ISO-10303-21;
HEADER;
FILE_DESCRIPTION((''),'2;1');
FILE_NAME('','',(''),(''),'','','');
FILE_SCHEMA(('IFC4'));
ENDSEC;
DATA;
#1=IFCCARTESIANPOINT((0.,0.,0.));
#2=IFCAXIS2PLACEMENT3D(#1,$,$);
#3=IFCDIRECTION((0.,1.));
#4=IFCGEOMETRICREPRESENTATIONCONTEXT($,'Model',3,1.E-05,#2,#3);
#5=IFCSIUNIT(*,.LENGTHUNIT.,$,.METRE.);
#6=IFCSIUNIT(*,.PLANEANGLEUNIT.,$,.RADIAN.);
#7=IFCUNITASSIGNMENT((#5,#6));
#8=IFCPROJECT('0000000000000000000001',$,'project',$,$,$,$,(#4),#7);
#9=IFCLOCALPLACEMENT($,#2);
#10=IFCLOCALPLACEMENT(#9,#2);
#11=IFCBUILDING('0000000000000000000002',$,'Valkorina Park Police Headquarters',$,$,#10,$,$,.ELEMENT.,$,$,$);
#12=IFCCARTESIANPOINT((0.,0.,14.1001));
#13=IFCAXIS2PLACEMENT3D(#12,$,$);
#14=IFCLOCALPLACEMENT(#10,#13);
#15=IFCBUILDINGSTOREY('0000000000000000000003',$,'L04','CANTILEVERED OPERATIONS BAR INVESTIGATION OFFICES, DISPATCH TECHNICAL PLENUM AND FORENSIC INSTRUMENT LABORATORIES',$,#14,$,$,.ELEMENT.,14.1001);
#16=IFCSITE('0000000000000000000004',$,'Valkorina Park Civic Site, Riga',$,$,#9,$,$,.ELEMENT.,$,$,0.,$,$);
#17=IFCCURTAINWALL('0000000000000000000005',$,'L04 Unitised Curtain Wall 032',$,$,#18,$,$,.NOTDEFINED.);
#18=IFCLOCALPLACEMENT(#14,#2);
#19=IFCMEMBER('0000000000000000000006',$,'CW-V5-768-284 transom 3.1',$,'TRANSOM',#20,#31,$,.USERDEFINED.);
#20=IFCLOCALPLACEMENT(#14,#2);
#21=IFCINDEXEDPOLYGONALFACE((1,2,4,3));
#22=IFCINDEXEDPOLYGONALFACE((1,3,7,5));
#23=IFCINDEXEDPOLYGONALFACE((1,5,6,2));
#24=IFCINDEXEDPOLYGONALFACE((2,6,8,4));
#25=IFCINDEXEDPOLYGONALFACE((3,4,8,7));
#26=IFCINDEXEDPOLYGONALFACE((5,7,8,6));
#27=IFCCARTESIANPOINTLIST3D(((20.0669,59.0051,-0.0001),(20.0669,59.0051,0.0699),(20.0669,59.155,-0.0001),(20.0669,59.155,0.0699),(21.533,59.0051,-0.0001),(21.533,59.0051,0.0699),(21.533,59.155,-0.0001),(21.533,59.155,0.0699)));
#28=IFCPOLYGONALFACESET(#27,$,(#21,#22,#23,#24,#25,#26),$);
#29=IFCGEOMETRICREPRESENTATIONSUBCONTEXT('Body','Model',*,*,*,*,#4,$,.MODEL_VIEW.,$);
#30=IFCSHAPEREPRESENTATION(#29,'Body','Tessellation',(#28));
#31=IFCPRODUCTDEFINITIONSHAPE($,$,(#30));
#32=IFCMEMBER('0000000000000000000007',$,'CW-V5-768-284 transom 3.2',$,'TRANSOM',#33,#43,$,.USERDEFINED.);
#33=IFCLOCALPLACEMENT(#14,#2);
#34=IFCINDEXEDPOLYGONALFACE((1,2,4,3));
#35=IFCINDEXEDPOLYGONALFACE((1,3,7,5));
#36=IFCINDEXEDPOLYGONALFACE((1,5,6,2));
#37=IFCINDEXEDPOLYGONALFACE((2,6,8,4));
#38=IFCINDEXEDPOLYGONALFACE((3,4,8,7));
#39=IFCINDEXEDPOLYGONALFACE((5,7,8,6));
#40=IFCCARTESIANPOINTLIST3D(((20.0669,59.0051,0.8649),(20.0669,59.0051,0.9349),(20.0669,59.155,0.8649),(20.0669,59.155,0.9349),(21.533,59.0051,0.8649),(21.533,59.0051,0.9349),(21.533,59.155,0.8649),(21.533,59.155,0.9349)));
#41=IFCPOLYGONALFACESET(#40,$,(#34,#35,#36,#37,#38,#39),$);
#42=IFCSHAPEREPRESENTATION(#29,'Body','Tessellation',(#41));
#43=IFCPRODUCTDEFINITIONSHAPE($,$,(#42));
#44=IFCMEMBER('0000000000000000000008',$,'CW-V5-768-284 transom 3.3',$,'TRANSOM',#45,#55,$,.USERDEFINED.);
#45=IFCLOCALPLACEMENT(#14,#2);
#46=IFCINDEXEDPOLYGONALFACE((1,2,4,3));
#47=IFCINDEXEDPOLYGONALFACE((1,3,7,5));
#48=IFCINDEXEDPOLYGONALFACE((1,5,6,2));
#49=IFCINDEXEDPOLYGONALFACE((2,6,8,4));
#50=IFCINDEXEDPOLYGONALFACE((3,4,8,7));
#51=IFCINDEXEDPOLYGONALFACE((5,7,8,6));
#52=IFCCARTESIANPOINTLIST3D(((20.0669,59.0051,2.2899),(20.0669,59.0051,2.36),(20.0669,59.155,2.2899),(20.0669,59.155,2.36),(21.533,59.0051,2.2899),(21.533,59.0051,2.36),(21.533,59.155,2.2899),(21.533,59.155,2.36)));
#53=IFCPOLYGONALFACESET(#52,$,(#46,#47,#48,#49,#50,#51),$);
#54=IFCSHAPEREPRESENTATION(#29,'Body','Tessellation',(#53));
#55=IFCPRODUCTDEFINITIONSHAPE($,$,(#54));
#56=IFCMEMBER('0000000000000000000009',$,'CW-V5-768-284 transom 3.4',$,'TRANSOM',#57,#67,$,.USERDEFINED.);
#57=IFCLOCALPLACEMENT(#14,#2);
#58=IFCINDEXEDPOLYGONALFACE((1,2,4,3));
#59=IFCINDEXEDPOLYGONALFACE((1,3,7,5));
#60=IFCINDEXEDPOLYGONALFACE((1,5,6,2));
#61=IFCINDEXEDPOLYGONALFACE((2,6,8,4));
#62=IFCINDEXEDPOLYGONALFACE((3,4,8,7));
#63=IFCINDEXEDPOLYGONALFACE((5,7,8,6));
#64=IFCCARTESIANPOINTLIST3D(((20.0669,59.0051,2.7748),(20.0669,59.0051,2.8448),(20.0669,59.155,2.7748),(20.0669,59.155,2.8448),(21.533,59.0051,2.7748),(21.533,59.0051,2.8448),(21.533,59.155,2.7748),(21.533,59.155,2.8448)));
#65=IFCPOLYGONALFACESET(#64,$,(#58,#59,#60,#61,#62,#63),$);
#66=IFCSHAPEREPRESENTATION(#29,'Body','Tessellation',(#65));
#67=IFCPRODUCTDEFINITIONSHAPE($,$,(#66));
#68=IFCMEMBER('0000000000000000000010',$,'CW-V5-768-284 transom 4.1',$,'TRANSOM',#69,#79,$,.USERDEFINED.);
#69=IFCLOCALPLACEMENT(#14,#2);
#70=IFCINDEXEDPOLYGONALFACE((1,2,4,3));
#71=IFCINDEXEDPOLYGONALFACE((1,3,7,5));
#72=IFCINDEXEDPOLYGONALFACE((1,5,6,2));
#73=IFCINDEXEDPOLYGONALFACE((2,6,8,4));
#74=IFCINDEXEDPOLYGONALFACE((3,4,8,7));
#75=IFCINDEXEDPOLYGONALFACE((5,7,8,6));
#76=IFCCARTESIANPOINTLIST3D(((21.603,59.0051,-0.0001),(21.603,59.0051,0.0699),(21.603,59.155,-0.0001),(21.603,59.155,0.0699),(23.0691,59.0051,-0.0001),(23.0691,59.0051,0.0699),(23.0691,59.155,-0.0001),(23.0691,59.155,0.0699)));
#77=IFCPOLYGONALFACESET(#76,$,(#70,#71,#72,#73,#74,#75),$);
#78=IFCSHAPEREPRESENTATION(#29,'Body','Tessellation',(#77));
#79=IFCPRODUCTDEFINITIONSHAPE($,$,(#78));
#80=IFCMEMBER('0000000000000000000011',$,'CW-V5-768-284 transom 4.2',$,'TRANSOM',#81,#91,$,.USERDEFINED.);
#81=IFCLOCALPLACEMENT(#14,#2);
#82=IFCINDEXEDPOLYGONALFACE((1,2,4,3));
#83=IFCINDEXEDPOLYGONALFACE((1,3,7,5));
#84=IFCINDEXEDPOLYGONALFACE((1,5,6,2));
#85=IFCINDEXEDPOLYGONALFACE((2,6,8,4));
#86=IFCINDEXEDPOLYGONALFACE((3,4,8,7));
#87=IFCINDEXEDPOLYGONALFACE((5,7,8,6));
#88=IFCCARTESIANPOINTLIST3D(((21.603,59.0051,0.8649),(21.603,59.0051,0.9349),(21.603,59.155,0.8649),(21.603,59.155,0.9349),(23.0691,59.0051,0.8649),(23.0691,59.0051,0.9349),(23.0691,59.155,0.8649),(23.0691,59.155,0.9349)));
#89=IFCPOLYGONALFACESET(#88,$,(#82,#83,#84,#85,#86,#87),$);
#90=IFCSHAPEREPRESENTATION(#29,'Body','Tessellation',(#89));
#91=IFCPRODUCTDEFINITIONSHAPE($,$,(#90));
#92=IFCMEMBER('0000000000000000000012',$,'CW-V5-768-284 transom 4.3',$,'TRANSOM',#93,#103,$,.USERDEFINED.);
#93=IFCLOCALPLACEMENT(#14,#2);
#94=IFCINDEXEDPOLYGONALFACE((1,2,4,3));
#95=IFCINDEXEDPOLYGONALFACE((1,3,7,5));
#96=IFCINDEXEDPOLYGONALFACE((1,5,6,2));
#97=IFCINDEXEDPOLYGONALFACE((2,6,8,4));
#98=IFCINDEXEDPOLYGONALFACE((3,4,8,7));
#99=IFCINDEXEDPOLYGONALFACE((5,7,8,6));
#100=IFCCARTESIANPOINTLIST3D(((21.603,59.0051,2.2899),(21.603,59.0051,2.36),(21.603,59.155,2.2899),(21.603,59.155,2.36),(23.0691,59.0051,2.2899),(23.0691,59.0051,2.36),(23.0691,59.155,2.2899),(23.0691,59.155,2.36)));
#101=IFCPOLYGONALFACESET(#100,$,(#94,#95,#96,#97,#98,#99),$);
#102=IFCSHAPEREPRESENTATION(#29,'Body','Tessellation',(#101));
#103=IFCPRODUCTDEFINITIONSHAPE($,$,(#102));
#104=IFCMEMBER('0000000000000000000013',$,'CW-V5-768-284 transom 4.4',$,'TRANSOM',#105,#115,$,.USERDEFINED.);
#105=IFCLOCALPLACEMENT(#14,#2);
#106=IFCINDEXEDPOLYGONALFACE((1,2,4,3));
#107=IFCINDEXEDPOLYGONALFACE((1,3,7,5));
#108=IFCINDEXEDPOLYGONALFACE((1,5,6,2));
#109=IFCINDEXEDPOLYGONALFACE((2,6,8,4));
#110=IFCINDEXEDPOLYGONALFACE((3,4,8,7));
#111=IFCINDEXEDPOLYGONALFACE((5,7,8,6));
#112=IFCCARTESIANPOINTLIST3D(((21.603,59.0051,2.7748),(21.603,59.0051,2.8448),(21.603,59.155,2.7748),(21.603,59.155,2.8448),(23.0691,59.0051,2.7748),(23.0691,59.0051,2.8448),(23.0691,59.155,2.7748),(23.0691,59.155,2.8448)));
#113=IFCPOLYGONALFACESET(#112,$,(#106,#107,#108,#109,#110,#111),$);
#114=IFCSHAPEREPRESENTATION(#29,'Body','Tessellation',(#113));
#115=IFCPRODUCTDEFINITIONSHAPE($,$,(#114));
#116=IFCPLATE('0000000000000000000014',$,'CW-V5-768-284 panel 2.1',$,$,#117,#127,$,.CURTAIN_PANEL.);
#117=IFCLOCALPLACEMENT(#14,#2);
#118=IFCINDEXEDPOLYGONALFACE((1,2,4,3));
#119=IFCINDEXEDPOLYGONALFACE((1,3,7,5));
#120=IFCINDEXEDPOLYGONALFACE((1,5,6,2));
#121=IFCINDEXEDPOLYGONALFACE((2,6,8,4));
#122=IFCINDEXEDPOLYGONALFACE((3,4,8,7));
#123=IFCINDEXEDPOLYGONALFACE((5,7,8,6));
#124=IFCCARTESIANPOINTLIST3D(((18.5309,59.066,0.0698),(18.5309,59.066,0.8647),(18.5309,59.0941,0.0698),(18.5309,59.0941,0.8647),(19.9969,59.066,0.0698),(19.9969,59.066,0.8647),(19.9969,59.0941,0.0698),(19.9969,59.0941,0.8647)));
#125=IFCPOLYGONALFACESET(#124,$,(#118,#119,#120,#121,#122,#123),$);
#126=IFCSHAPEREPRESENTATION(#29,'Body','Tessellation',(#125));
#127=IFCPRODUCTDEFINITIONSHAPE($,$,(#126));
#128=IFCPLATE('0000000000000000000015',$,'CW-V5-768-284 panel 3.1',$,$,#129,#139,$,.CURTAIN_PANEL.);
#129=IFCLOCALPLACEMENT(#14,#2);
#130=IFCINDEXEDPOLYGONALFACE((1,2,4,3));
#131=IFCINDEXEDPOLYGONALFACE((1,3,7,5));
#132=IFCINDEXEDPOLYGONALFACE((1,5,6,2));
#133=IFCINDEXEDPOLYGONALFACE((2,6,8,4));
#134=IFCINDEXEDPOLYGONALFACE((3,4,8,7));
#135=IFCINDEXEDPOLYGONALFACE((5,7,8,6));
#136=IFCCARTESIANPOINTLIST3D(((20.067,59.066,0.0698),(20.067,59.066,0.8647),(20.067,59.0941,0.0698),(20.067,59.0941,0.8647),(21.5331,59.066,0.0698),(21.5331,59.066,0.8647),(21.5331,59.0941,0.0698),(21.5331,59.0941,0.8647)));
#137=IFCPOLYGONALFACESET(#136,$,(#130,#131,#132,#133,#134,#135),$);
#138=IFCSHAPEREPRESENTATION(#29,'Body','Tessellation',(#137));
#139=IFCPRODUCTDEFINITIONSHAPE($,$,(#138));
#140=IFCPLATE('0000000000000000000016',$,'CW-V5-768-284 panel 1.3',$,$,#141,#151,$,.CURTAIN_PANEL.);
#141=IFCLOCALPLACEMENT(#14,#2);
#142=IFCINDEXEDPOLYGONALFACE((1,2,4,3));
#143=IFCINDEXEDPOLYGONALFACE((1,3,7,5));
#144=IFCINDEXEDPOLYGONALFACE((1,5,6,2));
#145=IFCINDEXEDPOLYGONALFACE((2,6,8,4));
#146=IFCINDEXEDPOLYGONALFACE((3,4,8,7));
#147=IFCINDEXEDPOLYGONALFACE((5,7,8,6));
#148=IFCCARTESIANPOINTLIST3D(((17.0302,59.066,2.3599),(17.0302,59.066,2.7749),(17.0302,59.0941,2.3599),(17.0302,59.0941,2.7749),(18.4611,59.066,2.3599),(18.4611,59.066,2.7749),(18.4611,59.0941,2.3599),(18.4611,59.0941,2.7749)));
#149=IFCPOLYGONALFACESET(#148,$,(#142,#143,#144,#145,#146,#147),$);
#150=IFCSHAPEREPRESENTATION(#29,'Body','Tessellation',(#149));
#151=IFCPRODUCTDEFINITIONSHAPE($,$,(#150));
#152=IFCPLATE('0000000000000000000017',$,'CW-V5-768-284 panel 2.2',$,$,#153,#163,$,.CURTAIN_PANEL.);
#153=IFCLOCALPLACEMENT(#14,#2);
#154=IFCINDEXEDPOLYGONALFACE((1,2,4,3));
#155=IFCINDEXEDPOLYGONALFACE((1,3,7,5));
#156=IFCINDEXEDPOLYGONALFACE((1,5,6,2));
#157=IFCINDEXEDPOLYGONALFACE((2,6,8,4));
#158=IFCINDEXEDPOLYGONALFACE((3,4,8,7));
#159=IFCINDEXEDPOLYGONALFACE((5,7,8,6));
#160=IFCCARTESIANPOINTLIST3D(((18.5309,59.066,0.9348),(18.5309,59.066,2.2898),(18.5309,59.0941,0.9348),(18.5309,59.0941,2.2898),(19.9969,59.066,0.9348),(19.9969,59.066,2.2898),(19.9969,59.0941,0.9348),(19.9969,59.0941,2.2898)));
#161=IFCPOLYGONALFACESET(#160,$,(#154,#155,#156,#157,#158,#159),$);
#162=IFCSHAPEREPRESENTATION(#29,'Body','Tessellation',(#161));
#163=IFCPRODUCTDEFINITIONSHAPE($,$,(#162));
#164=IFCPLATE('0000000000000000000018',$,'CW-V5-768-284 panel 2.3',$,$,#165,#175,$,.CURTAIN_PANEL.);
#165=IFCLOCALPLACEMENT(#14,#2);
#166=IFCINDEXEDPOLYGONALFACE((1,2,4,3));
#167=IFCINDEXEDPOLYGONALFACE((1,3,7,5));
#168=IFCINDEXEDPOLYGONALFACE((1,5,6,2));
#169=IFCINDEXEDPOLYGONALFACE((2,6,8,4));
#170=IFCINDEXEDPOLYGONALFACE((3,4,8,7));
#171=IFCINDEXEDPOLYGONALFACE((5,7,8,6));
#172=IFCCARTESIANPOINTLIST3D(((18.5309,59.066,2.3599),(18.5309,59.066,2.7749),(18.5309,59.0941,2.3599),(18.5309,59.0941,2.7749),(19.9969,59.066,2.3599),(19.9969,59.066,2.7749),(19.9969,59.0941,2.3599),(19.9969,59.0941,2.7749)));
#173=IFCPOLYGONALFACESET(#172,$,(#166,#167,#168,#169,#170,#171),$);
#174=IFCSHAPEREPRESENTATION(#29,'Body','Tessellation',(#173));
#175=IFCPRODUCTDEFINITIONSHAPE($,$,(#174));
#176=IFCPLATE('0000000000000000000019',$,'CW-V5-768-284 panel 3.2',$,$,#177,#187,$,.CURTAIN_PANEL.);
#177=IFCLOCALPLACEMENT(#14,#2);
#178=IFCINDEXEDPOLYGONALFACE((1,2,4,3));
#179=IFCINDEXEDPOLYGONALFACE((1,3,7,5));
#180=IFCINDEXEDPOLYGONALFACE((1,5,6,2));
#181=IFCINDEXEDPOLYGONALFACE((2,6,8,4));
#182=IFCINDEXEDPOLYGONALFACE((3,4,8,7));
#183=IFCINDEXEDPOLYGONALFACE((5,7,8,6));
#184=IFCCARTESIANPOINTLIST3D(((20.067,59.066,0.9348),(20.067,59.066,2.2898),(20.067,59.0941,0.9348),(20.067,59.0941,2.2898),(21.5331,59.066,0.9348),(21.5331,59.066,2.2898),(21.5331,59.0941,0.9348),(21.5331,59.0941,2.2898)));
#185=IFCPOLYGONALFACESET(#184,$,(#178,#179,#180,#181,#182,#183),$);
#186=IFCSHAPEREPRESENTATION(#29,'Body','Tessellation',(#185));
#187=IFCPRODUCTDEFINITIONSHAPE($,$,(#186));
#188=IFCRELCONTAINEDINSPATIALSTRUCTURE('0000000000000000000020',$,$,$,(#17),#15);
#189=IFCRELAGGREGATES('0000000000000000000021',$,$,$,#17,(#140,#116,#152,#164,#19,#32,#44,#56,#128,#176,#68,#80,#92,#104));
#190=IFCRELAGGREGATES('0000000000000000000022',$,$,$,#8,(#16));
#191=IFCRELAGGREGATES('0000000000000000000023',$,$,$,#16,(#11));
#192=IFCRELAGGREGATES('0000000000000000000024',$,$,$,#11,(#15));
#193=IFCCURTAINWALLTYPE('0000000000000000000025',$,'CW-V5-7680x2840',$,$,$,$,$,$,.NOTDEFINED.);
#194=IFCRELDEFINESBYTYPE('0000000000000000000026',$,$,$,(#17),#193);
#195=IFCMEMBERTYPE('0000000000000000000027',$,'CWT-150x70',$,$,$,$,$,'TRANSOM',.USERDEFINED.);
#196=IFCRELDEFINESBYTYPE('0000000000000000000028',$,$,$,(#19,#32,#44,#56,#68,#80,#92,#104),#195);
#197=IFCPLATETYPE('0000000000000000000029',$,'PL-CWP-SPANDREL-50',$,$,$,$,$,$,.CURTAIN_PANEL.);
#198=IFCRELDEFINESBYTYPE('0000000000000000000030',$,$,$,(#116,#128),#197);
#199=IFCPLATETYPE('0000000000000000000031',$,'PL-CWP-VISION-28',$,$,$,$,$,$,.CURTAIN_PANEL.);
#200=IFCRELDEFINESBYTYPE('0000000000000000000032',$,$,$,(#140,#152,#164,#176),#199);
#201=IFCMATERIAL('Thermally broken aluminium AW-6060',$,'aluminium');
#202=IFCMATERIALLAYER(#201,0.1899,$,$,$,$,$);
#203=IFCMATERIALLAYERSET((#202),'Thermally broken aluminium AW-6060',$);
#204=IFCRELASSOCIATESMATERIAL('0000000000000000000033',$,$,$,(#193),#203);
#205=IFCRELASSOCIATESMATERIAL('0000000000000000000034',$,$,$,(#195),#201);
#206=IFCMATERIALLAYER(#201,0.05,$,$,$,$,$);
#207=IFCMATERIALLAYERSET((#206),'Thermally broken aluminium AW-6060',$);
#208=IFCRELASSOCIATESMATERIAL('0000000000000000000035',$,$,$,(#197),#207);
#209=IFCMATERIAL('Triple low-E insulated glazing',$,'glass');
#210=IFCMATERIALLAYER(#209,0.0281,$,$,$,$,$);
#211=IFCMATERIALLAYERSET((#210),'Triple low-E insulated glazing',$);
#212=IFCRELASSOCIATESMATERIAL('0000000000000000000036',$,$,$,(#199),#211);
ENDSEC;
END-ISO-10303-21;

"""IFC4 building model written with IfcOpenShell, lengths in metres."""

from ifc_helpers import new_model, si_unit, direction, frame, origin, origin_2d, place, context, subcontext, project, spatial, rectangle, extrude, material, layer, layer_set, material_profile, profile_set, type_object, element, aggregate, save


model = new_model("IFC4")

# Units and contexts
model_context = context("Model", 3, precision=1e-05, world=origin(), true_north=direction((0.0, 1.0)))
body_context = subcontext(model_context, "Body", "Model", "MODEL_VIEW")
ifc_project = project(units=[si_unit("LENGTHUNIT", "METRE"), si_unit("PLANEANGLEUNIT", "RADIAN")], contexts=[model_context])

# Site, building, storey
site_placement = place(None, origin())
site = spatial("IfcSite", under=ifc_project, at=site_placement, Name="Valkorina Park Civic Site, Riga", CompositionType="ELEMENT", RefElevation=0.0)
building_placement = place(site_placement, origin())
building = spatial("IfcBuilding", under=site, at=building_placement, Name="Valkorina Park Police Headquarters", CompositionType="ELEMENT")
storey_placement = place(building_placement, frame((0.0, 0.0, 14.1001)))
storey = spatial("IfcBuildingStorey", under=building, at=storey_placement, Name="L04", Description="CANTILEVERED OPERATIONS BAR INVESTIGATION OFFICES, DISPATCH TECHNICAL PLENUM AND FORENSIC INSTRUMENT LABORATORIES", CompositionType="ELEMENT", Elevation=14.1001)

# Curtain wall, members, plates
ifc_material_1 = material(Name="Thermally broken aluminium AW-6060", Category="aluminium")
ifc_layer_1 = layer(ifc_material_1, 0.1899)
ifc_layer_set_1 = layer_set([ifc_layer_1], Name="Thermally broken aluminium AW-6060")
curtain_wall_type = type_object("IfcCurtainWallType", Name="CW-V5-7680x2840", PredefinedType="NOTDEFINED", material=ifc_layer_set_1)
curtain_wall_placement = place(storey_placement, origin())
curtain_wall = element("IfcCurtainWall", 1, at=curtain_wall_placement, inside=storey, type_object=curtain_wall_type, Name="L04 Unitised Curtain Wall 032", PredefinedType="NOTDEFINED")
ifc_material_profile_1 = material_profile(ifc_material_1, rectangle(XDim=0.1499, YDim=0.0701, at=origin_2d()), Name="CWT-02 150x70")
ifc_profile_set_1 = profile_set([ifc_material_profile_1], Name="Thermally broken aluminium AW-6060")
member_type_1 = type_object("IfcMemberType", Name="CWT-150x70", ElementType="TRANSOM", PredefinedType="USERDEFINED", material=ifc_profile_set_1)
member_1_placement = place(storey_placement, frame((20.0669, 59.0801, 0.0349), z_axis=(1.0, 0.0, 0.0), x_axis=(0.0, 1.0, 0.0)))
member_1 = element("IfcMember", 2, at=member_1_placement, type_object=member_type_1, Name="CW-V5-768-284 transom 3.1", ObjectType="TRANSOM", PredefinedType="USERDEFINED", context=body_context, shape_type="SweptSolid", body=[
    extrude(rectangle(XDim=0.1499, YDim=0.0701, at=origin_2d()), origin(), (0.0, 0.0, 1.0), 1.4661),
])
member_2_placement = place(storey_placement, frame((20.0669, 59.0801, 0.8999), z_axis=(1.0, 0.0, 0.0), x_axis=(0.0, 1.0, 0.0)))
member_2 = element("IfcMember", 3, at=member_2_placement, type_object=member_type_1, Name="CW-V5-768-284 transom 3.2", ObjectType="TRANSOM", PredefinedType="USERDEFINED", context=body_context, shape_type="SweptSolid", body=[
    extrude(rectangle(XDim=0.1499, YDim=0.0701, at=origin_2d()), origin(), (0.0, 0.0, 1.0), 1.4661),
])
member_3_placement = place(storey_placement, frame((20.0669, 59.0801, 2.325), z_axis=(1.0, 0.0, 0.0), x_axis=(0.0, 1.0, 0.0)))
member_3 = element("IfcMember", 4, at=member_3_placement, type_object=member_type_1, Name="CW-V5-768-284 transom 3.3", ObjectType="TRANSOM", PredefinedType="USERDEFINED", context=body_context, shape_type="SweptSolid", body=[
    extrude(rectangle(XDim=0.1499, YDim=0.0701, at=origin_2d()), origin(), (0.0, 0.0, 1.0), 1.4661),
])
member_4_placement = place(storey_placement, frame((20.0669, 59.0801, 2.8098), z_axis=(1.0, 0.0, 0.0), x_axis=(0.0, 1.0, 0.0)))
member_4 = element("IfcMember", 5, at=member_4_placement, type_object=member_type_1, Name="CW-V5-768-284 transom 3.4", ObjectType="TRANSOM", PredefinedType="USERDEFINED", context=body_context, shape_type="SweptSolid", body=[
    extrude(rectangle(XDim=0.1499, YDim=0.0701, at=origin_2d()), origin(), (0.0, 0.0, 1.0), 1.4661),
])
member_5_placement = place(storey_placement, frame((21.603, 59.0801, 0.0349), z_axis=(1.0, 0.0, 0.0), x_axis=(0.0, 1.0, 0.0)))
member_5 = element("IfcMember", 6, at=member_5_placement, type_object=member_type_1, Name="CW-V5-768-284 transom 4.1", ObjectType="TRANSOM", PredefinedType="USERDEFINED", context=body_context, shape_type="SweptSolid", body=[
    extrude(rectangle(XDim=0.1499, YDim=0.0701, at=origin_2d()), origin(), (0.0, 0.0, 1.0), 1.4661),
])
member_6_placement = place(storey_placement, frame((21.603, 59.0801, 0.8999), z_axis=(1.0, 0.0, 0.0), x_axis=(0.0, 1.0, 0.0)))
member_6 = element("IfcMember", 7, at=member_6_placement, type_object=member_type_1, Name="CW-V5-768-284 transom 4.2", ObjectType="TRANSOM", PredefinedType="USERDEFINED", context=body_context, shape_type="SweptSolid", body=[
    extrude(rectangle(XDim=0.1499, YDim=0.0701, at=origin_2d()), origin(), (0.0, 0.0, 1.0), 1.4661),
])
member_7_placement = place(storey_placement, frame((21.603, 59.0801, 2.325), z_axis=(1.0, 0.0, 0.0), x_axis=(0.0, 1.0, 0.0)))
member_7 = element("IfcMember", 8, at=member_7_placement, type_object=member_type_1, Name="CW-V5-768-284 transom 4.3", ObjectType="TRANSOM", PredefinedType="USERDEFINED", context=body_context, shape_type="SweptSolid", body=[
    extrude(rectangle(XDim=0.1499, YDim=0.0701, at=origin_2d()), origin(), (0.0, 0.0, 1.0), 1.4661),
])
member_8_placement = place(storey_placement, frame((21.603, 59.0801, 2.8098), z_axis=(1.0, 0.0, 0.0), x_axis=(0.0, 1.0, 0.0)))
member_8 = element("IfcMember", 9, at=member_8_placement, type_object=member_type_1, Name="CW-V5-768-284 transom 4.4", ObjectType="TRANSOM", PredefinedType="USERDEFINED", context=body_context, shape_type="SweptSolid", body=[
    extrude(rectangle(XDim=0.1499, YDim=0.0701, at=origin_2d()), origin(), (0.0, 0.0, 1.0), 1.4661),
])
ifc_layer_2 = layer(ifc_material_1, 0.05)
ifc_layer_set_2 = layer_set([ifc_layer_2], Name="Thermally broken aluminium AW-6060")
plate_type_1 = type_object("IfcPlateType", Name="PL-CWP-SPANDREL-50", PredefinedType="CURTAIN_PANEL", material=ifc_layer_set_2)
plate_1_placement = place(storey_placement, frame((19.2639, 59.0801, 0.0698), z_axis=(0.0, 0.0, 1.0), x_axis=(1.0, 0.0, 0.0)))
plate_1 = element("IfcPlate", 10, at=plate_1_placement, type_object=plate_type_1, Name="CW-V5-768-284 panel 2.1", PredefinedType="CURTAIN_PANEL", context=body_context, shape_type="SweptSolid", body=[
    extrude(rectangle(XDim=1.4661, YDim=0.0281, at=origin_2d()), origin(), (0.0, 0.0, 1.0), 0.7949),
])
plate_2_placement = place(storey_placement, frame((20.8, 59.0801, 0.0698), z_axis=(0.0, 0.0, 1.0), x_axis=(1.0, 0.0, 0.0)))
plate_2 = element("IfcPlate", 11, at=plate_2_placement, type_object=plate_type_1, Name="CW-V5-768-284 panel 3.1", PredefinedType="CURTAIN_PANEL", context=body_context, shape_type="SweptSolid", body=[
    extrude(rectangle(XDim=1.4661, YDim=0.0281, at=origin_2d()), origin(), (0.0, 0.0, 1.0), 0.7949),
])
ifc_material_2 = material(Name="Triple low-E insulated glazing", Category="glass")
ifc_layer_3 = layer(ifc_material_2, 0.0281)
ifc_layer_set_3 = layer_set([ifc_layer_3], Name="Triple low-E insulated glazing")
plate_type_2 = type_object("IfcPlateType", Name="PL-CWP-VISION-28", PredefinedType="CURTAIN_PANEL", material=ifc_layer_set_3)
plate_3_placement = place(storey_placement, frame((17.7456, 59.0801, 2.3599), z_axis=(0.0, 0.0, 1.0), x_axis=(1.0, 0.0, 0.0)))
plate_3 = element("IfcPlate", 12, at=plate_3_placement, type_object=plate_type_2, Name="CW-V5-768-284 panel 1.3", PredefinedType="CURTAIN_PANEL", context=body_context, shape_type="SweptSolid", body=[
    extrude(rectangle(XDim=1.4309, YDim=0.0281, at=origin_2d()), origin(), (0.0, 0.0, 1.0), 0.415),
])
plate_4_placement = place(storey_placement, frame((19.2639, 59.0801, 0.9348), z_axis=(0.0, 0.0, 1.0), x_axis=(1.0, 0.0, 0.0)))
plate_4 = element("IfcPlate", 13, at=plate_4_placement, type_object=plate_type_2, Name="CW-V5-768-284 panel 2.2", PredefinedType="CURTAIN_PANEL", context=body_context, shape_type="SweptSolid", body=[
    extrude(rectangle(XDim=1.4661, YDim=0.0281, at=origin_2d()), origin(), (0.0, 0.0, 1.0), 1.355),
])
plate_5_placement = place(storey_placement, frame((19.2639, 59.0801, 2.3599), z_axis=(0.0, 0.0, 1.0), x_axis=(1.0, 0.0, 0.0)))
plate_5 = element("IfcPlate", 14, at=plate_5_placement, type_object=plate_type_2, Name="CW-V5-768-284 panel 2.3", PredefinedType="CURTAIN_PANEL", context=body_context, shape_type="SweptSolid", body=[
    extrude(rectangle(XDim=1.4661, YDim=0.0281, at=origin_2d()), origin(), (0.0, 0.0, 1.0), 0.415),
])
plate_6_placement = place(storey_placement, frame((20.8, 59.0801, 0.9348), z_axis=(0.0, 0.0, 1.0), x_axis=(1.0, 0.0, 0.0)))
plate_6 = element("IfcPlate", 15, at=plate_6_placement, type_object=plate_type_2, Name="CW-V5-768-284 panel 3.2", PredefinedType="CURTAIN_PANEL", context=body_context, shape_type="SweptSolid", body=[
    extrude(rectangle(XDim=1.4661, YDim=0.0281, at=origin_2d()), origin(), (0.0, 0.0, 1.0), 1.355),
])
aggregate(curtain_wall, [plate_3, plate_1, plate_4, plate_5, member_1, member_2, member_3, member_4, plate_2, plate_6, member_5, member_6, member_7, member_8])

save(model, "model.ifc")
